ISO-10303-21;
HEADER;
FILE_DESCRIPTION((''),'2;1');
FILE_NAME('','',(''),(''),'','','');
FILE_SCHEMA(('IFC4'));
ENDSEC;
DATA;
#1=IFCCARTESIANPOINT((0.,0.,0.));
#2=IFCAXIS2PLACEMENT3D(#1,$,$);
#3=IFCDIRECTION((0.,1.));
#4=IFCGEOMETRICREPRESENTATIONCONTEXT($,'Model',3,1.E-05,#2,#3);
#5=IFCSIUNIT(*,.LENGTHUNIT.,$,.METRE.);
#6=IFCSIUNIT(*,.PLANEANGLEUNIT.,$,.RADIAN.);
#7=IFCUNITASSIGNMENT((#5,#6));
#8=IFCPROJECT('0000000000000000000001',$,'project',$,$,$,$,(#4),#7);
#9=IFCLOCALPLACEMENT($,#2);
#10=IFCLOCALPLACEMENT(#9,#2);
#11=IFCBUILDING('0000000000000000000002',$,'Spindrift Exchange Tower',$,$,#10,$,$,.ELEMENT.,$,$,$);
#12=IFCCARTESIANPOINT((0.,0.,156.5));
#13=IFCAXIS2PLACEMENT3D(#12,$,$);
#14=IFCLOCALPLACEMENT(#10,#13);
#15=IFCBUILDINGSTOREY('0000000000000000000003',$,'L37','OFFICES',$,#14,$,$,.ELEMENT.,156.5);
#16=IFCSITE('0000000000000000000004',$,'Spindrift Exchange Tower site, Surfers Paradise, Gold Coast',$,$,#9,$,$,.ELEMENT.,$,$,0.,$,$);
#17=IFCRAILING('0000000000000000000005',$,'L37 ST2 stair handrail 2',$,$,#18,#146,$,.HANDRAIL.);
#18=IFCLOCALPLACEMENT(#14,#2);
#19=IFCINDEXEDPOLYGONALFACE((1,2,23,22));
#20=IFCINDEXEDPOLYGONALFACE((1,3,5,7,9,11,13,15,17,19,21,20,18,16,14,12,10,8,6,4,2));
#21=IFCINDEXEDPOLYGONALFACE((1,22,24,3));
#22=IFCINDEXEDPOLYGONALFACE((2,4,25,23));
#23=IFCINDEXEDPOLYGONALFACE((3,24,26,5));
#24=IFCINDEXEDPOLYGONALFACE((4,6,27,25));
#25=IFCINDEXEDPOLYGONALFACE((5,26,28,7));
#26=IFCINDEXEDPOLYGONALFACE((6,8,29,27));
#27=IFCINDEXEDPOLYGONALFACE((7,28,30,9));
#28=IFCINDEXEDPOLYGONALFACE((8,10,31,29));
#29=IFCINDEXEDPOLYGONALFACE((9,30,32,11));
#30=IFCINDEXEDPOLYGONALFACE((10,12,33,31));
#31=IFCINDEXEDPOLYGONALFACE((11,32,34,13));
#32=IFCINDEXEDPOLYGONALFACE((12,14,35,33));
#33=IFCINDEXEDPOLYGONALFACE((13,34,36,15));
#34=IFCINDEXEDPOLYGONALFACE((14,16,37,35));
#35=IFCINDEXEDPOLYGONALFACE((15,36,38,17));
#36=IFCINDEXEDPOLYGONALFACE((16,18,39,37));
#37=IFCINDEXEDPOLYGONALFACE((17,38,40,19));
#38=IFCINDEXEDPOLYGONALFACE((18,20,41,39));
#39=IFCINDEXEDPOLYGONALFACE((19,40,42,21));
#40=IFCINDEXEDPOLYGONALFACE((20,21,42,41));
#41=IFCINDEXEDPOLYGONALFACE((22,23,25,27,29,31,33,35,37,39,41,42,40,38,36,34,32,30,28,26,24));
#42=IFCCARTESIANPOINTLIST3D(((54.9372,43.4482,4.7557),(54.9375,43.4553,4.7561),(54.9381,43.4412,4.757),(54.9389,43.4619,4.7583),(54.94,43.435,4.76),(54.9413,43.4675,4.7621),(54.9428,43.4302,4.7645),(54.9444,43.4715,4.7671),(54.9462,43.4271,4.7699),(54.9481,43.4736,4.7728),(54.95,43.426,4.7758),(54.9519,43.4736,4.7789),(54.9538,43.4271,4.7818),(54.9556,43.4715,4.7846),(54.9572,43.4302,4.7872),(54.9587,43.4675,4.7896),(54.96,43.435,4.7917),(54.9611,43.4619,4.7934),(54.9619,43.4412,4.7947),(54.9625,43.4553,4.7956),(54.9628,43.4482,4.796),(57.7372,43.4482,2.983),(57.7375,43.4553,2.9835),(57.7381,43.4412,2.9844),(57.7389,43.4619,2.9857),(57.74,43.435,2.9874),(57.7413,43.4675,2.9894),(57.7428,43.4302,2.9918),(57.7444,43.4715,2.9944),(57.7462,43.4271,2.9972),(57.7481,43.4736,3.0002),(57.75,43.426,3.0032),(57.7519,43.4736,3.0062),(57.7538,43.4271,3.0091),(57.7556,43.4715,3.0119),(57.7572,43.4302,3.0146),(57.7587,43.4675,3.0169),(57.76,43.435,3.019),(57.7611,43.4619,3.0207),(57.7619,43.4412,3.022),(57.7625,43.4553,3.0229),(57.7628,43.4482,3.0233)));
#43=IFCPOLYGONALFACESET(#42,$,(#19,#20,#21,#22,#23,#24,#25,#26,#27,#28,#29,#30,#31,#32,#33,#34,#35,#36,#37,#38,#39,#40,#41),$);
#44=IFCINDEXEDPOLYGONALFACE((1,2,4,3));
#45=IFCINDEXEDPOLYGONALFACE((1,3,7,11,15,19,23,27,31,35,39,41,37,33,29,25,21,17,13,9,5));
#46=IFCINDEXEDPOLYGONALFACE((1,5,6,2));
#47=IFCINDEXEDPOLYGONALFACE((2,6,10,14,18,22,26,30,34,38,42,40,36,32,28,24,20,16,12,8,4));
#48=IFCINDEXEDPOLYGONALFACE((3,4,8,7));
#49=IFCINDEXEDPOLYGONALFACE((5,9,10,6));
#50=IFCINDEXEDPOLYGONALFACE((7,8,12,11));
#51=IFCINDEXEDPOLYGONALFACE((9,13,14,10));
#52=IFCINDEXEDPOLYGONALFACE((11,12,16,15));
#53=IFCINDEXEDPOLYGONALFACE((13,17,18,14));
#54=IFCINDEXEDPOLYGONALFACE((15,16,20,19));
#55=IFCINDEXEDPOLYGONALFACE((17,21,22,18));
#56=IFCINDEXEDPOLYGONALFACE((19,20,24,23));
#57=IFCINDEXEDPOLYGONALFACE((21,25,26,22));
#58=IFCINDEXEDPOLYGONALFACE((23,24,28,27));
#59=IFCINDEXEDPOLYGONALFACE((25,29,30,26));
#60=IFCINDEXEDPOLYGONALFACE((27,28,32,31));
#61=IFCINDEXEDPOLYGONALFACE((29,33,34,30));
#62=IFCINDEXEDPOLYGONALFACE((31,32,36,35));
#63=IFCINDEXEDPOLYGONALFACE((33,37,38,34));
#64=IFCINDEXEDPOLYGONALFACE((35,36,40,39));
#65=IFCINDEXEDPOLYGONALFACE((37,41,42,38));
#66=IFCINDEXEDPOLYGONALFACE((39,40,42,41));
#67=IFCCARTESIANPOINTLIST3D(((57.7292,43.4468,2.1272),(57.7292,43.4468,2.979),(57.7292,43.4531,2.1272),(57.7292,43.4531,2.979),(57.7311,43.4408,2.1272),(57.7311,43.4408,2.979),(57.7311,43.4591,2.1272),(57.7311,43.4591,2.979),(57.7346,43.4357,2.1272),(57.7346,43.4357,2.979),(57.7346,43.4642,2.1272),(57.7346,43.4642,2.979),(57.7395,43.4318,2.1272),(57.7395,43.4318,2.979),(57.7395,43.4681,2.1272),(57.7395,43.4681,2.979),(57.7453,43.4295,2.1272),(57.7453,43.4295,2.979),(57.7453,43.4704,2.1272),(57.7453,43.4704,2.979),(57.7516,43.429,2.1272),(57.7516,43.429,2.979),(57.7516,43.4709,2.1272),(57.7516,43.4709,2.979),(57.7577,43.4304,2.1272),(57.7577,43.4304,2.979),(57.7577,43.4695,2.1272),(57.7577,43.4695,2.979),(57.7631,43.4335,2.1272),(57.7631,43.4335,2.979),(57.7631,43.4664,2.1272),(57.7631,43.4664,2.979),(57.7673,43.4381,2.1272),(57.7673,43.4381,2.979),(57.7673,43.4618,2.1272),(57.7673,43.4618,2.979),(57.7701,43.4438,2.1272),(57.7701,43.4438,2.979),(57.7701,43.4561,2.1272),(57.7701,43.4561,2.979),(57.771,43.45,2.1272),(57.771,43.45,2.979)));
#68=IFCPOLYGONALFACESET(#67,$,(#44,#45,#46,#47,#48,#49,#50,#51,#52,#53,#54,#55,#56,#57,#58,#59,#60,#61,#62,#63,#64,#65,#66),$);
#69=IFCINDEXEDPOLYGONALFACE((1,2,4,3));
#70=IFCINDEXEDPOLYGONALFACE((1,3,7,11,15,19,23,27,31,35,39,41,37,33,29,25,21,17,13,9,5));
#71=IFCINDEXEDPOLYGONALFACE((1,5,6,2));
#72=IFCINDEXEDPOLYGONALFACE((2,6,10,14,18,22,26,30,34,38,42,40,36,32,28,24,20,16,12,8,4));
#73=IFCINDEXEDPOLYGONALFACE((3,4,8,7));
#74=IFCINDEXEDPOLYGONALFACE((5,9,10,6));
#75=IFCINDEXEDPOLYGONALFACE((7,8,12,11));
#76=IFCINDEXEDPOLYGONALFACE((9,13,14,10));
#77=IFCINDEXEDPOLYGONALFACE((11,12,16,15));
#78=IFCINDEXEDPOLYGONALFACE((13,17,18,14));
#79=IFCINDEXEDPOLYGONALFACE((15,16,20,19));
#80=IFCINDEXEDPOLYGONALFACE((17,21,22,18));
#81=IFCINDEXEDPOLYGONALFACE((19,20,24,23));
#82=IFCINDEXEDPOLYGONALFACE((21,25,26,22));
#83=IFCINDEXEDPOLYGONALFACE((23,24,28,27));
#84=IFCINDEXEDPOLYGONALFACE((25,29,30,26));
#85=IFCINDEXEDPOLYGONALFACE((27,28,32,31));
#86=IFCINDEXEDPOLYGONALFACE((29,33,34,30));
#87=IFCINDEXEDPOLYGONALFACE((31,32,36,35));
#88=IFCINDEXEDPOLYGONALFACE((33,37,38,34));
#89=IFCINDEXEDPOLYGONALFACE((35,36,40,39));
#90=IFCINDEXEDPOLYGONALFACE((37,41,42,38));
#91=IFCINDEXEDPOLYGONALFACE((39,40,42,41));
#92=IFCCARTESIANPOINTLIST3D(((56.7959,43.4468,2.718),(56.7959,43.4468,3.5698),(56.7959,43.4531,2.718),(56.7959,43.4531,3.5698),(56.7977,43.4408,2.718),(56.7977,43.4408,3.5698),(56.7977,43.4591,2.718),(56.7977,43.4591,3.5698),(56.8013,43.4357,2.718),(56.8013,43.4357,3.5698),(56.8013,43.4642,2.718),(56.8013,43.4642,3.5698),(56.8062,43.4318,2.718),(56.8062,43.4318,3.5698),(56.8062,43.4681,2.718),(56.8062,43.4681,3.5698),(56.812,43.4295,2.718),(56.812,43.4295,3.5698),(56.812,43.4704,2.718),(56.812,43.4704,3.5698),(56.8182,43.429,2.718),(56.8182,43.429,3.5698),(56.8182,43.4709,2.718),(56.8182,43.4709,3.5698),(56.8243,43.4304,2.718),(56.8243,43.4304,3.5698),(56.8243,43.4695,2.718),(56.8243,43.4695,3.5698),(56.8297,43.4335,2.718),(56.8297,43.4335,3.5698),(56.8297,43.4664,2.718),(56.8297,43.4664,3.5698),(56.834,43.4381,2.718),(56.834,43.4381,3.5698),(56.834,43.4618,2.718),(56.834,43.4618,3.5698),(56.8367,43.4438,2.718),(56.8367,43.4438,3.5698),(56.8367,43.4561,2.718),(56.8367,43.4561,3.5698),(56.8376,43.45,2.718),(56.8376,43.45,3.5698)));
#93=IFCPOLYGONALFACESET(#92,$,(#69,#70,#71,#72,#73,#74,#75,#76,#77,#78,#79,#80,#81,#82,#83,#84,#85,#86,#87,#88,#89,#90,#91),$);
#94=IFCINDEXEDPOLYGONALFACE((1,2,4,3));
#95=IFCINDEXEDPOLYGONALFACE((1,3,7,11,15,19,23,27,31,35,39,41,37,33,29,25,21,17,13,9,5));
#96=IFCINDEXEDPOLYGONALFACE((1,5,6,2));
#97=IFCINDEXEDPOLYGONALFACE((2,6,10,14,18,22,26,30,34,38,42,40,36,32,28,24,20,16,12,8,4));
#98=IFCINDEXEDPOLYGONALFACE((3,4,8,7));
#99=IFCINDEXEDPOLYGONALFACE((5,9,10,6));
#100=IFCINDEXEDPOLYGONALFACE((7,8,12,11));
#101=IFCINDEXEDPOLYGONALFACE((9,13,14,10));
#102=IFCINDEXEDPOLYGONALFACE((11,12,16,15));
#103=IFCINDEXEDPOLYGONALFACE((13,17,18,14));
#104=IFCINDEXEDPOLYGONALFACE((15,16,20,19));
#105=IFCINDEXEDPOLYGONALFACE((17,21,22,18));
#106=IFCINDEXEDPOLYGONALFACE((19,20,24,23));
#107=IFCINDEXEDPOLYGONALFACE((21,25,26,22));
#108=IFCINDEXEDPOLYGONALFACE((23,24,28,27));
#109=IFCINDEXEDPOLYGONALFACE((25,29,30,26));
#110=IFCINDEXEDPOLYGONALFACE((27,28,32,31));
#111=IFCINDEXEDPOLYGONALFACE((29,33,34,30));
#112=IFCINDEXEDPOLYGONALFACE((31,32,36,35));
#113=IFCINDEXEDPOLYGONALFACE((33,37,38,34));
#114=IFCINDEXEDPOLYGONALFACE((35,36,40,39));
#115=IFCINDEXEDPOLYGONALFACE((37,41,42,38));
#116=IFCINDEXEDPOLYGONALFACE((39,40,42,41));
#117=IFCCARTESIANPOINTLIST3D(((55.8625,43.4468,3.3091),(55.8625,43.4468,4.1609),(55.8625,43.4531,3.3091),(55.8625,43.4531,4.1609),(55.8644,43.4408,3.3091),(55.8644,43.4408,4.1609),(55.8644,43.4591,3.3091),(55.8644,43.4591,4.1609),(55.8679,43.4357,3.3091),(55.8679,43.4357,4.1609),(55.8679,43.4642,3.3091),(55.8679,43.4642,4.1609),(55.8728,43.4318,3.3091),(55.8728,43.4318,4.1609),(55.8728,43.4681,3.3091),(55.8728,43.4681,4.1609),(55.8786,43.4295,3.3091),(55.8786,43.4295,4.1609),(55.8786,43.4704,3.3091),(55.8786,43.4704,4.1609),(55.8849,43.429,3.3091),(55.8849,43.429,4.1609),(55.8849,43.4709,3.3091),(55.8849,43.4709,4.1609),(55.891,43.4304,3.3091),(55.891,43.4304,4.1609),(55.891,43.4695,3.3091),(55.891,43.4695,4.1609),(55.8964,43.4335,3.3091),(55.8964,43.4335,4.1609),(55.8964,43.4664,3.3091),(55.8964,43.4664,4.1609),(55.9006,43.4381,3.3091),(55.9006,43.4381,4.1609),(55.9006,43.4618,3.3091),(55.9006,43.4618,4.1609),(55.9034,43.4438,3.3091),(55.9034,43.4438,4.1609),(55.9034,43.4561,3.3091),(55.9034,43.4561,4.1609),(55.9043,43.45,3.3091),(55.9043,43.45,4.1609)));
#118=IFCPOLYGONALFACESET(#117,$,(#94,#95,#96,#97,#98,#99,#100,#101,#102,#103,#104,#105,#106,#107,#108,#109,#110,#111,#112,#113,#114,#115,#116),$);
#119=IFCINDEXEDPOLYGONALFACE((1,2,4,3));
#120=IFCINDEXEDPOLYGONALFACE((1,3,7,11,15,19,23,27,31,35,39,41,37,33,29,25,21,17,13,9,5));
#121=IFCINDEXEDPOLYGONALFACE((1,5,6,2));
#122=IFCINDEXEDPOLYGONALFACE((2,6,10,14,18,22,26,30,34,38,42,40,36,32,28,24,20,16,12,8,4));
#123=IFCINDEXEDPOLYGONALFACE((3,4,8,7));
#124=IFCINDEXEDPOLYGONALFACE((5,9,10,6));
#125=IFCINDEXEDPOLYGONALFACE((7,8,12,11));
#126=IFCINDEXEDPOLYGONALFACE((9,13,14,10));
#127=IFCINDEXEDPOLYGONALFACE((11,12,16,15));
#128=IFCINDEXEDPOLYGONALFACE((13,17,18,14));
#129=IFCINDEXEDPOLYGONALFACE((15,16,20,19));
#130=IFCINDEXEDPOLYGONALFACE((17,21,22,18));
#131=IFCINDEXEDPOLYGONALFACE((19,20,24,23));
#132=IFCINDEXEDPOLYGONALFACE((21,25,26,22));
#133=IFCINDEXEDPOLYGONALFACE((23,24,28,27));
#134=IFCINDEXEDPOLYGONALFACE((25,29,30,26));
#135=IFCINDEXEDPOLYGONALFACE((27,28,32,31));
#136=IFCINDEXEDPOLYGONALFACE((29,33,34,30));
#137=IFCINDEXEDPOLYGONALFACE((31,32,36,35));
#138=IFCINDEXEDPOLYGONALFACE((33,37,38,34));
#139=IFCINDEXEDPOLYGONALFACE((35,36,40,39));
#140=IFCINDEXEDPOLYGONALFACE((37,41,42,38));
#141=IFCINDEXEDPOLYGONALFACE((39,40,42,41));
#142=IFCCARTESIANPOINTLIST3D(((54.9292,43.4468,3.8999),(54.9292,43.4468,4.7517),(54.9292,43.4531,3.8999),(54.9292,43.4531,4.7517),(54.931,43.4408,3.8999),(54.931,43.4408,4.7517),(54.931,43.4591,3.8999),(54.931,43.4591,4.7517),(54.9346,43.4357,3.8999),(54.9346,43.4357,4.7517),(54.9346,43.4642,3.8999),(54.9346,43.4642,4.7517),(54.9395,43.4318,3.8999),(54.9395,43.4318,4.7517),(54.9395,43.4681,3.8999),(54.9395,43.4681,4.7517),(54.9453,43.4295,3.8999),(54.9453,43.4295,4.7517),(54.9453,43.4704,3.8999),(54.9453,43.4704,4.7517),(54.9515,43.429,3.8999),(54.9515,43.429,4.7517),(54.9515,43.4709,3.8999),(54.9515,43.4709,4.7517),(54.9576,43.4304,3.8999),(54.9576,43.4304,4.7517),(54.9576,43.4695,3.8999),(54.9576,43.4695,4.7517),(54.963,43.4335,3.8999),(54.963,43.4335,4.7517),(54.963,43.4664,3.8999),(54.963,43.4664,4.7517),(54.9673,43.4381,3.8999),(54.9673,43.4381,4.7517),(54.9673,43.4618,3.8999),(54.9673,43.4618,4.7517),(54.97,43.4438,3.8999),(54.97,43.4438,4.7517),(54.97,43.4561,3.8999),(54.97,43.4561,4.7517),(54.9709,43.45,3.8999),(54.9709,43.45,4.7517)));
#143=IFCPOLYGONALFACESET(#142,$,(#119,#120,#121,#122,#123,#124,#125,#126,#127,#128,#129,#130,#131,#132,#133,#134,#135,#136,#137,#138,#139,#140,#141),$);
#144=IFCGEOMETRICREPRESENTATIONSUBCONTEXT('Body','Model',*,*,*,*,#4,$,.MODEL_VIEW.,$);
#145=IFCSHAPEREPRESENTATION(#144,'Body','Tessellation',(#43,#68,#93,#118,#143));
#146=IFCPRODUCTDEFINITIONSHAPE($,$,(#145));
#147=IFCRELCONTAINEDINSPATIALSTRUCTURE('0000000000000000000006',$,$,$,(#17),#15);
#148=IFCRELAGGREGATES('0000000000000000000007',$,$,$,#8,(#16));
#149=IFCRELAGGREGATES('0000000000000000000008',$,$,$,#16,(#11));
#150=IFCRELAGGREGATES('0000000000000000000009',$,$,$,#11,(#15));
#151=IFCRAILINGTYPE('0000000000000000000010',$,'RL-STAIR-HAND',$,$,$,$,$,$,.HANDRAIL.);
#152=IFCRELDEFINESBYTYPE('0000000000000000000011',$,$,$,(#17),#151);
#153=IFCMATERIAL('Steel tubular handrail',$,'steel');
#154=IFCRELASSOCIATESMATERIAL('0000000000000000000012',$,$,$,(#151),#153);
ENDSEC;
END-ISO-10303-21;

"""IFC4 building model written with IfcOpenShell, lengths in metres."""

from ifc_helpers import new_model, si_unit, direction, frame, origin, origin_2d, place, context, subcontext, project, spatial, circle, extrude, material, type_object, element, save


model = new_model("IFC4")

# Units and contexts
model_context = context("Model", 3, precision=1e-05, world=origin(), true_north=direction((0.0, 1.0)))
body_context = subcontext(model_context, "Body", "Model", "MODEL_VIEW")
ifc_project = project(units=[si_unit("LENGTHUNIT", "METRE"), si_unit("PLANEANGLEUNIT", "RADIAN")], contexts=[model_context])

# Site, building, storey
site_placement = place(None, origin())
site = spatial("IfcSite", under=ifc_project, at=site_placement, Name="Spindrift Exchange Tower site, Surfers Paradise, Gold Coast", CompositionType="ELEMENT", RefElevation=0.0)
building_placement = place(site_placement, origin())
building = spatial("IfcBuilding", under=site, at=building_placement, Name="Spindrift Exchange Tower", CompositionType="ELEMENT")
storey_placement = place(building_placement, frame((0.0, 0.0, 156.5)))
storey = spatial("IfcBuildingStorey", under=building, at=storey_placement, Name="L37", Description="OFFICES", CompositionType="ELEMENT", Elevation=156.5)

# Railing
ifc_material_1 = material(Name="Steel tubular handrail", Category="steel")
railing_type_1 = type_object("IfcRailingType", Name="RL-STAIR-HAND", PredefinedType="HANDRAIL", material=ifc_material_1)
railing_1_placement = place(storey_placement, frame((57.75, 43.45, 2.1272)))
element("IfcRailing", 1, at=railing_1_placement, inside=storey, type_object=railing_type_1, Name="L37 ST2 stair handrail 2", PredefinedType="HANDRAIL", context=body_context, shape_type="SweptSolid", body=[
    extrude(circle(Radius=0.0239, at=origin_2d()), frame((0.0, 0.0, 0.876), z_axis=(-0.844909, 0.0, 0.53491), x_axis=(0.0, -1.0, 0.0)), (0.0, 0.0, 1.0), 3.314),
    extrude(circle(Radius=0.021, at=origin_2d()), origin(), (0.0, 0.0, 1.0), 0.8518),
    extrude(circle(Radius=0.021, at=origin_2d()), frame((-0.9333, 0.0, 0.5908)), (0.0, 0.0, 1.0), 0.8518),
    extrude(circle(Radius=0.021, at=origin_2d()), frame((-1.8667, 0.0, 1.1819)), (0.0, 0.0, 1.0), 0.8518),
    extrude(circle(Radius=0.021, at=origin_2d()), frame((-2.8, 0.0, 1.7727)), (0.0, 0.0, 1.0), 0.8518),
])

save(model, "model.ifc")
